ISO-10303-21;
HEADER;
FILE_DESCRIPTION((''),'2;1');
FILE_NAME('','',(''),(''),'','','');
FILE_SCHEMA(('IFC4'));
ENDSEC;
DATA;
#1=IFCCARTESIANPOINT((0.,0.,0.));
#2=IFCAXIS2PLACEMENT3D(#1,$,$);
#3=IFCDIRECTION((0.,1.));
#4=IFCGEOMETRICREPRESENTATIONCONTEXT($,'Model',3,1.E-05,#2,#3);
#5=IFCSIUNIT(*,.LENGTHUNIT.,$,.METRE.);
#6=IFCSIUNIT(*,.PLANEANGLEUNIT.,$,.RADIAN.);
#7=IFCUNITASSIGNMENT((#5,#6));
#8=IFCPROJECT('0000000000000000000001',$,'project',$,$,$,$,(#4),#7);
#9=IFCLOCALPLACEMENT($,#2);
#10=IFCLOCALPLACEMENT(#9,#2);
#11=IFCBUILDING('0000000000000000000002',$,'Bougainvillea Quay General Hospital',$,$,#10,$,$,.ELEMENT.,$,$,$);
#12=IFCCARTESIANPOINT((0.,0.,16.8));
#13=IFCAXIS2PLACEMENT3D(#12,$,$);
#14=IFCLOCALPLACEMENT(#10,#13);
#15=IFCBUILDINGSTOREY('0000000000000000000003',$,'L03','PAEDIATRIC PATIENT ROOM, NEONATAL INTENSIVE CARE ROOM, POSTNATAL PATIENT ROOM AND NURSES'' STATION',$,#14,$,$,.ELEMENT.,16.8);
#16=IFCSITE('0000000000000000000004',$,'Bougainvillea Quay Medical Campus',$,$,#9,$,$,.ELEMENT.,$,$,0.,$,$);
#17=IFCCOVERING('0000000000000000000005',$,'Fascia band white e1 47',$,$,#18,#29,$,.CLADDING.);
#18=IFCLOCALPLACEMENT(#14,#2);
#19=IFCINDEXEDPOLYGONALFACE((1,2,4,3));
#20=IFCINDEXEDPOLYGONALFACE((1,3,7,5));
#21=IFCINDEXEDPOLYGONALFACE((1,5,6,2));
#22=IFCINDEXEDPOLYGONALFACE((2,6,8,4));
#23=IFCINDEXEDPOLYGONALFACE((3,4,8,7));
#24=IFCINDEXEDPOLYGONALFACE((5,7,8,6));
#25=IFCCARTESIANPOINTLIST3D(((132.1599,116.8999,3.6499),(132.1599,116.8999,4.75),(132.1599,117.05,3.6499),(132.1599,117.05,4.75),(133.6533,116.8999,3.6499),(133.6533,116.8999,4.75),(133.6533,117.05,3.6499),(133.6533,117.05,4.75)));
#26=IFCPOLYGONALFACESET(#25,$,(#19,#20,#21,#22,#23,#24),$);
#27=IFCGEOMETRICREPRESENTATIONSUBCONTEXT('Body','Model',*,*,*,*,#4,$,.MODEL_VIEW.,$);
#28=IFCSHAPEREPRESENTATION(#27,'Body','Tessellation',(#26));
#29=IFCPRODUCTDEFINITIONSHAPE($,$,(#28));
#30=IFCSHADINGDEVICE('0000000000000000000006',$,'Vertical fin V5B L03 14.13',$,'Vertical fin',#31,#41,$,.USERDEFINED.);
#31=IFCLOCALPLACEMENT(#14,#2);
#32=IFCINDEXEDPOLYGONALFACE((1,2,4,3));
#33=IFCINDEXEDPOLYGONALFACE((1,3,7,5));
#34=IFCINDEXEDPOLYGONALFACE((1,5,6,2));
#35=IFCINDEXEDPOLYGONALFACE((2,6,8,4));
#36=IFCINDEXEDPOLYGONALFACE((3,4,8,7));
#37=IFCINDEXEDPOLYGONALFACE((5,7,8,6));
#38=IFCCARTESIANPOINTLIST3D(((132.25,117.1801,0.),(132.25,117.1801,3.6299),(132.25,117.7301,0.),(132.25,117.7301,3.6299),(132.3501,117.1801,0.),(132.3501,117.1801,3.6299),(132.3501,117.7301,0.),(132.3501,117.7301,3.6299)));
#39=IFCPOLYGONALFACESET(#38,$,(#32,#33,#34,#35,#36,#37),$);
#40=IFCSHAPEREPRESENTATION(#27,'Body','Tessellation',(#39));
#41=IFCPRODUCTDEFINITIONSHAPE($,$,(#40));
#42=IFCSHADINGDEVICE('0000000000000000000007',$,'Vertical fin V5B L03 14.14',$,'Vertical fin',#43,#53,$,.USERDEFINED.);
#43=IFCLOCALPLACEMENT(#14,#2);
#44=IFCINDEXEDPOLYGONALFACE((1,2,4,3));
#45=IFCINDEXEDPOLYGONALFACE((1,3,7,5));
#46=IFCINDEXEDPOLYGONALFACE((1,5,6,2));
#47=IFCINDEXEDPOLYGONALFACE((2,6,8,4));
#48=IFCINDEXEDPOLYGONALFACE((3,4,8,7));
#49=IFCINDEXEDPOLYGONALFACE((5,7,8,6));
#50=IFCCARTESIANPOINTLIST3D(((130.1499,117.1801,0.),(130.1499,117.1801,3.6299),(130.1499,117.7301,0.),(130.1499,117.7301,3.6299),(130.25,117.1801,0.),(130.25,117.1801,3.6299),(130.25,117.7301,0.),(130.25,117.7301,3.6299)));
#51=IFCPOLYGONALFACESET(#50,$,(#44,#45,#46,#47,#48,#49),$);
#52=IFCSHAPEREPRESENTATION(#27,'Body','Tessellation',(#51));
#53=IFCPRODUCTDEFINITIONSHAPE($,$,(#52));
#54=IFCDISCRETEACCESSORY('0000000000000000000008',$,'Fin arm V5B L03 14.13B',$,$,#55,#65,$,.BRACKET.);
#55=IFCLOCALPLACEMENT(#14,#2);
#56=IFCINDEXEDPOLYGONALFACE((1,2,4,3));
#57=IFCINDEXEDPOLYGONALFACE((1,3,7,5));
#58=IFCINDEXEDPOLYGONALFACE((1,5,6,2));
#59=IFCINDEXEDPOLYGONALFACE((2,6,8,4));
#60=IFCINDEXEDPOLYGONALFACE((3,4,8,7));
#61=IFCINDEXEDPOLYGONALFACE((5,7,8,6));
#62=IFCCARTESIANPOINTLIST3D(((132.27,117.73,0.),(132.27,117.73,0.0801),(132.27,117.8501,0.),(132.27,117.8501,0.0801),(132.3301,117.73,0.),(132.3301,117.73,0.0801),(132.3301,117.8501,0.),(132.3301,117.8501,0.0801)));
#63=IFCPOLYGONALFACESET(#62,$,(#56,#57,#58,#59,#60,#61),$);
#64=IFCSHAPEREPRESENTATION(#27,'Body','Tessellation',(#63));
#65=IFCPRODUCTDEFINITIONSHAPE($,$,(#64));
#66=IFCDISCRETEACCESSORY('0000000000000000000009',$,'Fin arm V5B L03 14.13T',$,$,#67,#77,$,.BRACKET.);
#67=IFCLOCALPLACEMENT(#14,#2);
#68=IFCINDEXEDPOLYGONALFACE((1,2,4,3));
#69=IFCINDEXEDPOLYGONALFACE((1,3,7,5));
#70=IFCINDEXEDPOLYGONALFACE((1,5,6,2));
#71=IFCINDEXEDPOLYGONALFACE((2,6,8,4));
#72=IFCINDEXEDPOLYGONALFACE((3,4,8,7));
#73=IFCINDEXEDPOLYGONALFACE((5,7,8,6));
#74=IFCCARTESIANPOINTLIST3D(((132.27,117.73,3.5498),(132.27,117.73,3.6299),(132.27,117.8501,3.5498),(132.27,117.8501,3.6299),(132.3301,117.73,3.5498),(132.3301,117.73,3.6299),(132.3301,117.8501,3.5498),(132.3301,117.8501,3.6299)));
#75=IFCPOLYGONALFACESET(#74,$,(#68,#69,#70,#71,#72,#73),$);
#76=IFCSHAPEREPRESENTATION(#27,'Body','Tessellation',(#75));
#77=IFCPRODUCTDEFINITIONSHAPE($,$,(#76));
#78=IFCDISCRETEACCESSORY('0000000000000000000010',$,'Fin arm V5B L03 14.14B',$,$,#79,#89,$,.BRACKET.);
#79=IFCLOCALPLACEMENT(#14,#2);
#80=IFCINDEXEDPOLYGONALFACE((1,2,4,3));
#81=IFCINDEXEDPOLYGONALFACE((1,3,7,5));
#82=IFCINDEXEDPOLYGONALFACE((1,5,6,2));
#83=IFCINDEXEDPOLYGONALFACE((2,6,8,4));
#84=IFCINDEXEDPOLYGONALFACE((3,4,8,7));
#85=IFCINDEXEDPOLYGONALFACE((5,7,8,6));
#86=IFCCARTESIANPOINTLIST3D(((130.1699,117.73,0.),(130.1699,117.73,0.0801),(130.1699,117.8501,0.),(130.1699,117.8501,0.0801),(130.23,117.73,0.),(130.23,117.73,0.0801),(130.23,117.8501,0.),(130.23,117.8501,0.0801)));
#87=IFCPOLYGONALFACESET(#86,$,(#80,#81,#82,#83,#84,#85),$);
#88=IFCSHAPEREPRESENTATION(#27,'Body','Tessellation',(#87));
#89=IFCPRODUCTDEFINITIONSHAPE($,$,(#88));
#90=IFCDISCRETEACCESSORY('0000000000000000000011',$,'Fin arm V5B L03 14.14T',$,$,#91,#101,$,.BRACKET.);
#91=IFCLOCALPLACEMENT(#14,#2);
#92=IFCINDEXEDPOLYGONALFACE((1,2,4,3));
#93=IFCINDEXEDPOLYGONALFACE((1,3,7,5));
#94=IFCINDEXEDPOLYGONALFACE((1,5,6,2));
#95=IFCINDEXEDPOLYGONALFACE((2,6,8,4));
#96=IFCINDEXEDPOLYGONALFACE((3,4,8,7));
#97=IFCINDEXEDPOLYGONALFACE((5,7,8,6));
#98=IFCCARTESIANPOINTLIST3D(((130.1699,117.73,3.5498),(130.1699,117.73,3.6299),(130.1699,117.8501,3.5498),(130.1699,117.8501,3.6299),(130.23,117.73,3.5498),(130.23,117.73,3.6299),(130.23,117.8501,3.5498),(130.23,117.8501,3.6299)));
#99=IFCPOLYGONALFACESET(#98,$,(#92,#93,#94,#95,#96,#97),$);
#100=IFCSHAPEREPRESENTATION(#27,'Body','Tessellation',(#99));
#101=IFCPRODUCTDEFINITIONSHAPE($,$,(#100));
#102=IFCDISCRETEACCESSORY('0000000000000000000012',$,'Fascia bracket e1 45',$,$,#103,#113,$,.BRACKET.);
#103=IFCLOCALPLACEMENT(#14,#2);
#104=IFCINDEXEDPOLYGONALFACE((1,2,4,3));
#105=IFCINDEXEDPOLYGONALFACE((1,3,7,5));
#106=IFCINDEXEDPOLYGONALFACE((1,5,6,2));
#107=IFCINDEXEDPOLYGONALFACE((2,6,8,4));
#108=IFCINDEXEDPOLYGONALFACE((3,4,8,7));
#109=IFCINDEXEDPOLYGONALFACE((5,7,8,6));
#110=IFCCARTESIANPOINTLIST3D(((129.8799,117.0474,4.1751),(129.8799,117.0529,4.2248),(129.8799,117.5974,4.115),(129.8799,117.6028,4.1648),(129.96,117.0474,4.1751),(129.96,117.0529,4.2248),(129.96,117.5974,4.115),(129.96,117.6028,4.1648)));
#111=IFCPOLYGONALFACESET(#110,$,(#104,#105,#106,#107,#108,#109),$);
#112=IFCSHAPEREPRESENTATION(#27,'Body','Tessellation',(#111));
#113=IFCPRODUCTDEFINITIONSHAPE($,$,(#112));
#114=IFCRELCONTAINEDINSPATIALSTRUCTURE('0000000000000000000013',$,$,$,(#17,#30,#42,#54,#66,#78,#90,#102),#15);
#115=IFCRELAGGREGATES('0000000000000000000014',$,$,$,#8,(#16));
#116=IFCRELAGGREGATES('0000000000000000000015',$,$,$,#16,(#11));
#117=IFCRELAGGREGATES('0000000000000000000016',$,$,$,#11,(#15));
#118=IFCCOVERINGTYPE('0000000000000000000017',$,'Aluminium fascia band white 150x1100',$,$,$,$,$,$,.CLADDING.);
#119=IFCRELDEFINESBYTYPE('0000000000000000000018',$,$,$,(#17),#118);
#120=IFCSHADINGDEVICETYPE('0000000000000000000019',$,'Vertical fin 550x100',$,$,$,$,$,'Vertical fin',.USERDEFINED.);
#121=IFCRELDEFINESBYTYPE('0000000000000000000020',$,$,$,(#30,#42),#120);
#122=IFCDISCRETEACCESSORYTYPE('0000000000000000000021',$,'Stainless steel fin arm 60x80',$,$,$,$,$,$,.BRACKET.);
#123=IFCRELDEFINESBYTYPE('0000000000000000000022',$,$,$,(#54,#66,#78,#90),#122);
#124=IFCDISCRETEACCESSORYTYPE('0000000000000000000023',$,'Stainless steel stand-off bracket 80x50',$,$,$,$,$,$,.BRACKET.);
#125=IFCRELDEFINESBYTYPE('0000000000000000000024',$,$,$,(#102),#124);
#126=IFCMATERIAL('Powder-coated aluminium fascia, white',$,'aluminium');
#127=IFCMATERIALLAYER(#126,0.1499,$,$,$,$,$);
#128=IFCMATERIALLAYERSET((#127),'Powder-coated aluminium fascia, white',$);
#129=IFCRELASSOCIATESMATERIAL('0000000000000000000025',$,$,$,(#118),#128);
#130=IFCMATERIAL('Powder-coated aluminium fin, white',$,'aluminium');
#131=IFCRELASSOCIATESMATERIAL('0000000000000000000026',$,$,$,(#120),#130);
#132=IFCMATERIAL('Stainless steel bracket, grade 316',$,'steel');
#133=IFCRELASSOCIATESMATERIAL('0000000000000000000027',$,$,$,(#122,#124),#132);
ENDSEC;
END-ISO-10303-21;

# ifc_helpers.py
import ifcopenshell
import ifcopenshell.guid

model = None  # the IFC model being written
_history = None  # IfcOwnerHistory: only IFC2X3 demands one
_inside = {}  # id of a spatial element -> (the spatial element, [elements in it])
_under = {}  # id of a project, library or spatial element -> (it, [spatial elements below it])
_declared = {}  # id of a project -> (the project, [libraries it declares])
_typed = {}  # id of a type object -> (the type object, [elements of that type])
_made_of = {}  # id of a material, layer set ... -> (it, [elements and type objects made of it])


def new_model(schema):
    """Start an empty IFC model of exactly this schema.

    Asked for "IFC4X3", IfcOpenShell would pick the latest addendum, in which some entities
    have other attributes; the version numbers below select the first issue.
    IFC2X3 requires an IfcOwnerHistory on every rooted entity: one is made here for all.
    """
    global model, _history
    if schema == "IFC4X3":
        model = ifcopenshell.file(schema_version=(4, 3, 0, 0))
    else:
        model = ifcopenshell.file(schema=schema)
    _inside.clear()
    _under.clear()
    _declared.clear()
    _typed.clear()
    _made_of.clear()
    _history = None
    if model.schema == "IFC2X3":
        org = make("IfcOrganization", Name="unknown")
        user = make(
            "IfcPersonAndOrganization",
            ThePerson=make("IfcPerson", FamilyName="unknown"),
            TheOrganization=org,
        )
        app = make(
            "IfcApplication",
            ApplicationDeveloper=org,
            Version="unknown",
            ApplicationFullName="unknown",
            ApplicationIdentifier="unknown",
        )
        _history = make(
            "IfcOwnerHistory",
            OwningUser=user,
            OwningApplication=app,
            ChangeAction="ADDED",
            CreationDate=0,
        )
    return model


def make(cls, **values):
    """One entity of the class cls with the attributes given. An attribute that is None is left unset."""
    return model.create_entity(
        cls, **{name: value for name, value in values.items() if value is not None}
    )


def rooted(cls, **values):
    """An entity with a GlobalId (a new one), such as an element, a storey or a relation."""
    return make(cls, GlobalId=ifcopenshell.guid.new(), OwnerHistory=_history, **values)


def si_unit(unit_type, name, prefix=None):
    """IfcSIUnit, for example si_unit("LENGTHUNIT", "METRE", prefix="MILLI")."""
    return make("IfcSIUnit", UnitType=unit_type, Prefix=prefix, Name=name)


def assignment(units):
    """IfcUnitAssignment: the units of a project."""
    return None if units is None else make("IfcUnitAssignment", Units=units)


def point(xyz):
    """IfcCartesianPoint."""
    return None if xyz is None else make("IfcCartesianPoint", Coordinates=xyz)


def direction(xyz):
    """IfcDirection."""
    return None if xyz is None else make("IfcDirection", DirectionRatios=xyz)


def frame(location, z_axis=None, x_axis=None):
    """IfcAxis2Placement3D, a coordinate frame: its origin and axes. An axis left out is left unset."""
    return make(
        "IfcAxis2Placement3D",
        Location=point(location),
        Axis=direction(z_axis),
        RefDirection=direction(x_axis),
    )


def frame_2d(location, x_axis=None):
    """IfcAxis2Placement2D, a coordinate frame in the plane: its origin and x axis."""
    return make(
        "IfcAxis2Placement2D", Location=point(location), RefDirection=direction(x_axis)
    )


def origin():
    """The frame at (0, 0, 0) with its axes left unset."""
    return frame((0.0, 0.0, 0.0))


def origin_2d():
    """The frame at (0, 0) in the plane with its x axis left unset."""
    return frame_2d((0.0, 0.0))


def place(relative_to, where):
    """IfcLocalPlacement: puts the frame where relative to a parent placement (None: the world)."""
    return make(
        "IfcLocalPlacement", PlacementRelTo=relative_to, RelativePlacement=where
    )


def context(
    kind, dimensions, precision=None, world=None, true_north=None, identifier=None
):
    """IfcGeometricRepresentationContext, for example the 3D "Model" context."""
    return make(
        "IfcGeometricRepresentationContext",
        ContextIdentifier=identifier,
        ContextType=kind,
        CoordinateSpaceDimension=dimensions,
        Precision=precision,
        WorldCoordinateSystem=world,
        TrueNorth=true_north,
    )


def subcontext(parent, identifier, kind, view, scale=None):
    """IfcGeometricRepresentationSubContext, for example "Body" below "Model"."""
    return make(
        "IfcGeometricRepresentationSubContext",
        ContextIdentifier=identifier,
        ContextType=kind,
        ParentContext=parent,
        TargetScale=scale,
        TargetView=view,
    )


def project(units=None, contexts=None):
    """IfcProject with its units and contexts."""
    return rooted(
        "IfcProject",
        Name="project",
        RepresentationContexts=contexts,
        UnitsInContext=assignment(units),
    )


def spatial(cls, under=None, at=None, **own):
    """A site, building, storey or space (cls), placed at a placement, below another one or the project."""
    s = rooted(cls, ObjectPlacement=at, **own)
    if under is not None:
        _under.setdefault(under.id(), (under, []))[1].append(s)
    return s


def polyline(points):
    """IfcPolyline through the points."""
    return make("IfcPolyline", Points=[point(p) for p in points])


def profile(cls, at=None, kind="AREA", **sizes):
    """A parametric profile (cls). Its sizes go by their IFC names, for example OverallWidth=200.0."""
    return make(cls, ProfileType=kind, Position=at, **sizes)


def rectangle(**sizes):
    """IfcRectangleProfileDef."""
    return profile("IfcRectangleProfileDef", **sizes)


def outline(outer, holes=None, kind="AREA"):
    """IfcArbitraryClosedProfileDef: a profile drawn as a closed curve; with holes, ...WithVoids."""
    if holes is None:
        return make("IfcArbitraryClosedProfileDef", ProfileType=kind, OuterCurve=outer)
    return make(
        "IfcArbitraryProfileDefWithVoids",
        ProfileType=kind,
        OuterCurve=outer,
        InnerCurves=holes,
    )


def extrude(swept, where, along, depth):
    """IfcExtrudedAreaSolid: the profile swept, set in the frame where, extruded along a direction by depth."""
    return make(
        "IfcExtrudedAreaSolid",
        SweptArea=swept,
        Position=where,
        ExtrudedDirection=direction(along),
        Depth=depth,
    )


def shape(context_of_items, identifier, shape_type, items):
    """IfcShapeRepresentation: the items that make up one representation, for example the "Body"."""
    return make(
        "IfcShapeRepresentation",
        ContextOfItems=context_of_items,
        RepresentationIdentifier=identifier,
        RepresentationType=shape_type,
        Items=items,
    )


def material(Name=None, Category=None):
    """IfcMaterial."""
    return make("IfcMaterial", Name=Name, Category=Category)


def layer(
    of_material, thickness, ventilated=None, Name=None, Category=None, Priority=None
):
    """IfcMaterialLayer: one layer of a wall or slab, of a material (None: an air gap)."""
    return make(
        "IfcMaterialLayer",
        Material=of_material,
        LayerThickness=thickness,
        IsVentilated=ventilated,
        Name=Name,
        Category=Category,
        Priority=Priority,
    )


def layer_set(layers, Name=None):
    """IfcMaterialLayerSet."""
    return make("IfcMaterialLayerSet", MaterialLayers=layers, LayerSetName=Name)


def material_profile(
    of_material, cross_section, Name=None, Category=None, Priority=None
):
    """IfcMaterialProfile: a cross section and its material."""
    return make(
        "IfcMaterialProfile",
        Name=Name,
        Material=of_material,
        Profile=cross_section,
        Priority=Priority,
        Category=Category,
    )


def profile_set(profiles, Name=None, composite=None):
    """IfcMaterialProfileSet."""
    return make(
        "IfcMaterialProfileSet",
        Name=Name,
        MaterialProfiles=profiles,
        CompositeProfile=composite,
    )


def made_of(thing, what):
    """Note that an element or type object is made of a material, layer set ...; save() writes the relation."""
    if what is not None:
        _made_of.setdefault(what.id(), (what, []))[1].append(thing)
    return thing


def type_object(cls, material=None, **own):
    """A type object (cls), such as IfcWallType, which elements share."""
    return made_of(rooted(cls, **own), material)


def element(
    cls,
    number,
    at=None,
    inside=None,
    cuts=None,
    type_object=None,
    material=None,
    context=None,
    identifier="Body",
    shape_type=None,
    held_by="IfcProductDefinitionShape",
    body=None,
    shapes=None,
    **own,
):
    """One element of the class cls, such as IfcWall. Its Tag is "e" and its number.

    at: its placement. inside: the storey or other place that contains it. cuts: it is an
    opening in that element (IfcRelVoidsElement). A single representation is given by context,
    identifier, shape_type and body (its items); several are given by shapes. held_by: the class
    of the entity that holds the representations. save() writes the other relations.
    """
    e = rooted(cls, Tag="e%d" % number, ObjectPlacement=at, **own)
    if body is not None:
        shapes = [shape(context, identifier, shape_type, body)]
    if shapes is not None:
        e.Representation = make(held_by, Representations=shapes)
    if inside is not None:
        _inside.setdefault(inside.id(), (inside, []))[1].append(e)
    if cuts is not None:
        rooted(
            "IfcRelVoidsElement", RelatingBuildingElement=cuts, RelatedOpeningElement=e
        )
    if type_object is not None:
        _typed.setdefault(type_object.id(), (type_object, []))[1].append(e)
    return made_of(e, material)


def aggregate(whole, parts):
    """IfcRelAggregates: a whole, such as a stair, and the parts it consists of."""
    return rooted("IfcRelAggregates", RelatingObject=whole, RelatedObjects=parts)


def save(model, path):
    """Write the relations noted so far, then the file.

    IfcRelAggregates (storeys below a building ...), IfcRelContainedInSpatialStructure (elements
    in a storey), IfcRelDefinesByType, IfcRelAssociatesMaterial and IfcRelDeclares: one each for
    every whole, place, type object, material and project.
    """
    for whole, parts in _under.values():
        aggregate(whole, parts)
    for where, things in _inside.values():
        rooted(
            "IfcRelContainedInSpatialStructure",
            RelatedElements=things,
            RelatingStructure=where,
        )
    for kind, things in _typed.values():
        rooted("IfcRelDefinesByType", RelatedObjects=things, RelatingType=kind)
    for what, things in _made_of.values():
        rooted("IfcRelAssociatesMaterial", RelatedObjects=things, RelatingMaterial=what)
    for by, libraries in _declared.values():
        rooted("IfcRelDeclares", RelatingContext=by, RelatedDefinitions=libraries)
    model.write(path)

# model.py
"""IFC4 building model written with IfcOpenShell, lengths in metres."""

from ifc_helpers import new_model, si_unit, direction, frame, origin, origin_2d, place, context, subcontext, project, spatial, polyline, rectangle, outline, extrude, material, layer, layer_set, material_profile, profile_set, type_object, element, save


model = new_model("IFC4")

# Units and contexts
model_context = context("Model", 3, precision=1e-05, world=origin(), true_north=direction((0.0, 1.0)))
body_context = subcontext(model_context, "Body", "Model", "MODEL_VIEW")
ifc_project = project(units=[si_unit("LENGTHUNIT", "METRE"), si_unit("PLANEANGLEUNIT", "RADIAN")], contexts=[model_context])

# Site, building, storey
site_placement = place(None, origin())
site = spatial("IfcSite", under=ifc_project, at=site_placement, Name="Bougainvillea Quay Medical Campus", CompositionType="ELEMENT", RefElevation=0.0)
building_placement = place(site_placement, origin())
building = spatial("IfcBuilding", under=site, at=building_placement, Name="Bougainvillea Quay General Hospital", CompositionType="ELEMENT")
storey_placement = place(building_placement, frame((0.0, 0.0, 16.8)))
storey = spatial("IfcBuildingStorey", under=building, at=storey_placement, Name="L03", Description="PAEDIATRIC PATIENT ROOM, NEONATAL INTENSIVE CARE ROOM, POSTNATAL PATIENT ROOM AND NURSES' STATION", CompositionType="ELEMENT", Elevation=16.8)

# Covering
ifc_material_1 = material(Name="Powder-coated aluminium fascia, white", Category="aluminium")
ifc_layer_1 = layer(ifc_material_1, 0.1499)
ifc_layer_set_1 = layer_set([ifc_layer_1], Name="Powder-coated aluminium fascia, white")
covering_type = type_object("IfcCoveringType", Name="Aluminium fascia band white 150x1100", PredefinedType="CLADDING", material=ifc_layer_set_1)
covering_1_placement = place(storey_placement, frame((132.1599, 117.05, 3.6499), z_axis=(0.0, 0.0, 1.0), x_axis=(1.0, 0.0, 0.0)))
element("IfcCovering", 1, at=covering_1_placement, inside=storey, type_object=covering_type, Name="Fascia band white e1 47", PredefinedType="CLADDING", context=body_context, shape_type="SweptSolid", body=[
    extrude(outline(polyline([(0.0, 0.0), (1.4934, 0.0), (1.4934, -0.1501), (0.0, -0.1501), (0.0, 0.0)])), origin(), (0.0, 0.0, 1.0), 1.1001),
])

# Shading devices
ifc_material_2 = material(Name="Powder-coated aluminium fin, white", Category="aluminium")
ifc_material_profile_1 = material_profile(ifc_material_2, rectangle(XDim=0.55, YDim=0.1001, at=origin_2d()))
ifc_profile_set_1 = profile_set([ifc_material_profile_1], Name="Powder-coated aluminium fin, white")
shading_device_type = type_object("IfcShadingDeviceType", Name="Vertical fin 550x100", ElementType="Vertical fin", PredefinedType="USERDEFINED", material=ifc_profile_set_1)
for number, where, z_axis, x_axis, name in (
    (2, (132.3, 117.4551, 0.0), (0.0, 0.0, 1.0), (0.0, -1.0, 0.0), "Vertical fin V5B L03 14.13"),
    (3, (130.2, 117.4551, 0.0), (0.0, 0.0, 1.0), (0.0, -1.0, 0.0), "Vertical fin V5B L03 14.14"),
):
    element("IfcShadingDevice", number, at=place(storey_placement, frame(where, z_axis=z_axis, x_axis=x_axis)), inside=storey, type_object=shading_device_type, Name=name, ObjectType="Vertical fin", PredefinedType="USERDEFINED", context=body_context, shape_type="SweptSolid", body=[
        extrude(rectangle(XDim=0.55, YDim=0.1001, at=origin_2d()), origin(), (0.0, 0.0, 1.0), 3.6299),
    ])

# Discrete accessories
ifc_material_3 = material(Name="Stainless steel bracket, grade 316", Category="steel")
discrete_accessory_type_1 = type_object("IfcDiscreteAccessoryType", Name="Stainless steel fin arm 60x80", PredefinedType="BRACKET", material=ifc_material_3)
for number, where, z_axis, x_axis, name in (
    (4, (132.3, 117.79, 0.0), (0.0, 0.0, 1.0), (0.0, -1.0, 0.0), "Fin arm V5B L03 14.13B"),
    (5, (132.3, 117.79, 3.5498), (0.0, 0.0, 1.0), (0.0, -1.0, 0.0), "Fin arm V5B L03 14.13T"),
    (6, (130.2, 117.79, 0.0), (0.0, 0.0, 1.0), (0.0, -1.0, 0.0), "Fin arm V5B L03 14.14B"),
    (7, (130.2, 117.79, 3.5498), (0.0, 0.0, 1.0), (0.0, -1.0, 0.0), "Fin arm V5B L03 14.14T"),
):
    element("IfcDiscreteAccessory", number, at=place(storey_placement, frame(where, z_axis=z_axis, x_axis=x_axis)), inside=storey, type_object=discrete_accessory_type_1, Name=name, PredefinedType="BRACKET", context=body_context, shape_type="SweptSolid", body=[
        extrude(rectangle(XDim=0.1201, YDim=0.0601, at=origin_2d()), origin(), (0.0, 0.0, 1.0), 0.0801),
    ])
ifc_material_profile_2 = material_profile(ifc_material_3, rectangle(XDim=0.0801, YDim=0.05, at=origin_2d()))
ifc_profile_set_2 = profile_set([ifc_material_profile_2], Name="Stainless steel bracket, grade 316")
discrete_accessory_type_2 = type_object("IfcDiscreteAccessoryType", Name="Stainless steel stand-off bracket 80x50", PredefinedType="BRACKET", material=ifc_profile_set_2)
discrete_accessory_placement = place(storey_placement, frame((129.9199, 117.6001, 4.1399), z_axis=(0.0, -0.994092, 0.108543), x_axis=(1.0, 0.0, 0.0)))
element("IfcDiscreteAccessory", 8, at=discrete_accessory_placement, inside=storey, type_object=discrete_accessory_type_2, Name="Fascia bracket e1 45", PredefinedType="BRACKET", context=body_context, shape_type="SweptSolid", body=[
    extrude(rectangle(XDim=0.0801, YDim=0.05, at=origin_2d()), origin(), (0.0, 0.0, 1.0), 0.5532),
])

save(model, "model.ifc")
